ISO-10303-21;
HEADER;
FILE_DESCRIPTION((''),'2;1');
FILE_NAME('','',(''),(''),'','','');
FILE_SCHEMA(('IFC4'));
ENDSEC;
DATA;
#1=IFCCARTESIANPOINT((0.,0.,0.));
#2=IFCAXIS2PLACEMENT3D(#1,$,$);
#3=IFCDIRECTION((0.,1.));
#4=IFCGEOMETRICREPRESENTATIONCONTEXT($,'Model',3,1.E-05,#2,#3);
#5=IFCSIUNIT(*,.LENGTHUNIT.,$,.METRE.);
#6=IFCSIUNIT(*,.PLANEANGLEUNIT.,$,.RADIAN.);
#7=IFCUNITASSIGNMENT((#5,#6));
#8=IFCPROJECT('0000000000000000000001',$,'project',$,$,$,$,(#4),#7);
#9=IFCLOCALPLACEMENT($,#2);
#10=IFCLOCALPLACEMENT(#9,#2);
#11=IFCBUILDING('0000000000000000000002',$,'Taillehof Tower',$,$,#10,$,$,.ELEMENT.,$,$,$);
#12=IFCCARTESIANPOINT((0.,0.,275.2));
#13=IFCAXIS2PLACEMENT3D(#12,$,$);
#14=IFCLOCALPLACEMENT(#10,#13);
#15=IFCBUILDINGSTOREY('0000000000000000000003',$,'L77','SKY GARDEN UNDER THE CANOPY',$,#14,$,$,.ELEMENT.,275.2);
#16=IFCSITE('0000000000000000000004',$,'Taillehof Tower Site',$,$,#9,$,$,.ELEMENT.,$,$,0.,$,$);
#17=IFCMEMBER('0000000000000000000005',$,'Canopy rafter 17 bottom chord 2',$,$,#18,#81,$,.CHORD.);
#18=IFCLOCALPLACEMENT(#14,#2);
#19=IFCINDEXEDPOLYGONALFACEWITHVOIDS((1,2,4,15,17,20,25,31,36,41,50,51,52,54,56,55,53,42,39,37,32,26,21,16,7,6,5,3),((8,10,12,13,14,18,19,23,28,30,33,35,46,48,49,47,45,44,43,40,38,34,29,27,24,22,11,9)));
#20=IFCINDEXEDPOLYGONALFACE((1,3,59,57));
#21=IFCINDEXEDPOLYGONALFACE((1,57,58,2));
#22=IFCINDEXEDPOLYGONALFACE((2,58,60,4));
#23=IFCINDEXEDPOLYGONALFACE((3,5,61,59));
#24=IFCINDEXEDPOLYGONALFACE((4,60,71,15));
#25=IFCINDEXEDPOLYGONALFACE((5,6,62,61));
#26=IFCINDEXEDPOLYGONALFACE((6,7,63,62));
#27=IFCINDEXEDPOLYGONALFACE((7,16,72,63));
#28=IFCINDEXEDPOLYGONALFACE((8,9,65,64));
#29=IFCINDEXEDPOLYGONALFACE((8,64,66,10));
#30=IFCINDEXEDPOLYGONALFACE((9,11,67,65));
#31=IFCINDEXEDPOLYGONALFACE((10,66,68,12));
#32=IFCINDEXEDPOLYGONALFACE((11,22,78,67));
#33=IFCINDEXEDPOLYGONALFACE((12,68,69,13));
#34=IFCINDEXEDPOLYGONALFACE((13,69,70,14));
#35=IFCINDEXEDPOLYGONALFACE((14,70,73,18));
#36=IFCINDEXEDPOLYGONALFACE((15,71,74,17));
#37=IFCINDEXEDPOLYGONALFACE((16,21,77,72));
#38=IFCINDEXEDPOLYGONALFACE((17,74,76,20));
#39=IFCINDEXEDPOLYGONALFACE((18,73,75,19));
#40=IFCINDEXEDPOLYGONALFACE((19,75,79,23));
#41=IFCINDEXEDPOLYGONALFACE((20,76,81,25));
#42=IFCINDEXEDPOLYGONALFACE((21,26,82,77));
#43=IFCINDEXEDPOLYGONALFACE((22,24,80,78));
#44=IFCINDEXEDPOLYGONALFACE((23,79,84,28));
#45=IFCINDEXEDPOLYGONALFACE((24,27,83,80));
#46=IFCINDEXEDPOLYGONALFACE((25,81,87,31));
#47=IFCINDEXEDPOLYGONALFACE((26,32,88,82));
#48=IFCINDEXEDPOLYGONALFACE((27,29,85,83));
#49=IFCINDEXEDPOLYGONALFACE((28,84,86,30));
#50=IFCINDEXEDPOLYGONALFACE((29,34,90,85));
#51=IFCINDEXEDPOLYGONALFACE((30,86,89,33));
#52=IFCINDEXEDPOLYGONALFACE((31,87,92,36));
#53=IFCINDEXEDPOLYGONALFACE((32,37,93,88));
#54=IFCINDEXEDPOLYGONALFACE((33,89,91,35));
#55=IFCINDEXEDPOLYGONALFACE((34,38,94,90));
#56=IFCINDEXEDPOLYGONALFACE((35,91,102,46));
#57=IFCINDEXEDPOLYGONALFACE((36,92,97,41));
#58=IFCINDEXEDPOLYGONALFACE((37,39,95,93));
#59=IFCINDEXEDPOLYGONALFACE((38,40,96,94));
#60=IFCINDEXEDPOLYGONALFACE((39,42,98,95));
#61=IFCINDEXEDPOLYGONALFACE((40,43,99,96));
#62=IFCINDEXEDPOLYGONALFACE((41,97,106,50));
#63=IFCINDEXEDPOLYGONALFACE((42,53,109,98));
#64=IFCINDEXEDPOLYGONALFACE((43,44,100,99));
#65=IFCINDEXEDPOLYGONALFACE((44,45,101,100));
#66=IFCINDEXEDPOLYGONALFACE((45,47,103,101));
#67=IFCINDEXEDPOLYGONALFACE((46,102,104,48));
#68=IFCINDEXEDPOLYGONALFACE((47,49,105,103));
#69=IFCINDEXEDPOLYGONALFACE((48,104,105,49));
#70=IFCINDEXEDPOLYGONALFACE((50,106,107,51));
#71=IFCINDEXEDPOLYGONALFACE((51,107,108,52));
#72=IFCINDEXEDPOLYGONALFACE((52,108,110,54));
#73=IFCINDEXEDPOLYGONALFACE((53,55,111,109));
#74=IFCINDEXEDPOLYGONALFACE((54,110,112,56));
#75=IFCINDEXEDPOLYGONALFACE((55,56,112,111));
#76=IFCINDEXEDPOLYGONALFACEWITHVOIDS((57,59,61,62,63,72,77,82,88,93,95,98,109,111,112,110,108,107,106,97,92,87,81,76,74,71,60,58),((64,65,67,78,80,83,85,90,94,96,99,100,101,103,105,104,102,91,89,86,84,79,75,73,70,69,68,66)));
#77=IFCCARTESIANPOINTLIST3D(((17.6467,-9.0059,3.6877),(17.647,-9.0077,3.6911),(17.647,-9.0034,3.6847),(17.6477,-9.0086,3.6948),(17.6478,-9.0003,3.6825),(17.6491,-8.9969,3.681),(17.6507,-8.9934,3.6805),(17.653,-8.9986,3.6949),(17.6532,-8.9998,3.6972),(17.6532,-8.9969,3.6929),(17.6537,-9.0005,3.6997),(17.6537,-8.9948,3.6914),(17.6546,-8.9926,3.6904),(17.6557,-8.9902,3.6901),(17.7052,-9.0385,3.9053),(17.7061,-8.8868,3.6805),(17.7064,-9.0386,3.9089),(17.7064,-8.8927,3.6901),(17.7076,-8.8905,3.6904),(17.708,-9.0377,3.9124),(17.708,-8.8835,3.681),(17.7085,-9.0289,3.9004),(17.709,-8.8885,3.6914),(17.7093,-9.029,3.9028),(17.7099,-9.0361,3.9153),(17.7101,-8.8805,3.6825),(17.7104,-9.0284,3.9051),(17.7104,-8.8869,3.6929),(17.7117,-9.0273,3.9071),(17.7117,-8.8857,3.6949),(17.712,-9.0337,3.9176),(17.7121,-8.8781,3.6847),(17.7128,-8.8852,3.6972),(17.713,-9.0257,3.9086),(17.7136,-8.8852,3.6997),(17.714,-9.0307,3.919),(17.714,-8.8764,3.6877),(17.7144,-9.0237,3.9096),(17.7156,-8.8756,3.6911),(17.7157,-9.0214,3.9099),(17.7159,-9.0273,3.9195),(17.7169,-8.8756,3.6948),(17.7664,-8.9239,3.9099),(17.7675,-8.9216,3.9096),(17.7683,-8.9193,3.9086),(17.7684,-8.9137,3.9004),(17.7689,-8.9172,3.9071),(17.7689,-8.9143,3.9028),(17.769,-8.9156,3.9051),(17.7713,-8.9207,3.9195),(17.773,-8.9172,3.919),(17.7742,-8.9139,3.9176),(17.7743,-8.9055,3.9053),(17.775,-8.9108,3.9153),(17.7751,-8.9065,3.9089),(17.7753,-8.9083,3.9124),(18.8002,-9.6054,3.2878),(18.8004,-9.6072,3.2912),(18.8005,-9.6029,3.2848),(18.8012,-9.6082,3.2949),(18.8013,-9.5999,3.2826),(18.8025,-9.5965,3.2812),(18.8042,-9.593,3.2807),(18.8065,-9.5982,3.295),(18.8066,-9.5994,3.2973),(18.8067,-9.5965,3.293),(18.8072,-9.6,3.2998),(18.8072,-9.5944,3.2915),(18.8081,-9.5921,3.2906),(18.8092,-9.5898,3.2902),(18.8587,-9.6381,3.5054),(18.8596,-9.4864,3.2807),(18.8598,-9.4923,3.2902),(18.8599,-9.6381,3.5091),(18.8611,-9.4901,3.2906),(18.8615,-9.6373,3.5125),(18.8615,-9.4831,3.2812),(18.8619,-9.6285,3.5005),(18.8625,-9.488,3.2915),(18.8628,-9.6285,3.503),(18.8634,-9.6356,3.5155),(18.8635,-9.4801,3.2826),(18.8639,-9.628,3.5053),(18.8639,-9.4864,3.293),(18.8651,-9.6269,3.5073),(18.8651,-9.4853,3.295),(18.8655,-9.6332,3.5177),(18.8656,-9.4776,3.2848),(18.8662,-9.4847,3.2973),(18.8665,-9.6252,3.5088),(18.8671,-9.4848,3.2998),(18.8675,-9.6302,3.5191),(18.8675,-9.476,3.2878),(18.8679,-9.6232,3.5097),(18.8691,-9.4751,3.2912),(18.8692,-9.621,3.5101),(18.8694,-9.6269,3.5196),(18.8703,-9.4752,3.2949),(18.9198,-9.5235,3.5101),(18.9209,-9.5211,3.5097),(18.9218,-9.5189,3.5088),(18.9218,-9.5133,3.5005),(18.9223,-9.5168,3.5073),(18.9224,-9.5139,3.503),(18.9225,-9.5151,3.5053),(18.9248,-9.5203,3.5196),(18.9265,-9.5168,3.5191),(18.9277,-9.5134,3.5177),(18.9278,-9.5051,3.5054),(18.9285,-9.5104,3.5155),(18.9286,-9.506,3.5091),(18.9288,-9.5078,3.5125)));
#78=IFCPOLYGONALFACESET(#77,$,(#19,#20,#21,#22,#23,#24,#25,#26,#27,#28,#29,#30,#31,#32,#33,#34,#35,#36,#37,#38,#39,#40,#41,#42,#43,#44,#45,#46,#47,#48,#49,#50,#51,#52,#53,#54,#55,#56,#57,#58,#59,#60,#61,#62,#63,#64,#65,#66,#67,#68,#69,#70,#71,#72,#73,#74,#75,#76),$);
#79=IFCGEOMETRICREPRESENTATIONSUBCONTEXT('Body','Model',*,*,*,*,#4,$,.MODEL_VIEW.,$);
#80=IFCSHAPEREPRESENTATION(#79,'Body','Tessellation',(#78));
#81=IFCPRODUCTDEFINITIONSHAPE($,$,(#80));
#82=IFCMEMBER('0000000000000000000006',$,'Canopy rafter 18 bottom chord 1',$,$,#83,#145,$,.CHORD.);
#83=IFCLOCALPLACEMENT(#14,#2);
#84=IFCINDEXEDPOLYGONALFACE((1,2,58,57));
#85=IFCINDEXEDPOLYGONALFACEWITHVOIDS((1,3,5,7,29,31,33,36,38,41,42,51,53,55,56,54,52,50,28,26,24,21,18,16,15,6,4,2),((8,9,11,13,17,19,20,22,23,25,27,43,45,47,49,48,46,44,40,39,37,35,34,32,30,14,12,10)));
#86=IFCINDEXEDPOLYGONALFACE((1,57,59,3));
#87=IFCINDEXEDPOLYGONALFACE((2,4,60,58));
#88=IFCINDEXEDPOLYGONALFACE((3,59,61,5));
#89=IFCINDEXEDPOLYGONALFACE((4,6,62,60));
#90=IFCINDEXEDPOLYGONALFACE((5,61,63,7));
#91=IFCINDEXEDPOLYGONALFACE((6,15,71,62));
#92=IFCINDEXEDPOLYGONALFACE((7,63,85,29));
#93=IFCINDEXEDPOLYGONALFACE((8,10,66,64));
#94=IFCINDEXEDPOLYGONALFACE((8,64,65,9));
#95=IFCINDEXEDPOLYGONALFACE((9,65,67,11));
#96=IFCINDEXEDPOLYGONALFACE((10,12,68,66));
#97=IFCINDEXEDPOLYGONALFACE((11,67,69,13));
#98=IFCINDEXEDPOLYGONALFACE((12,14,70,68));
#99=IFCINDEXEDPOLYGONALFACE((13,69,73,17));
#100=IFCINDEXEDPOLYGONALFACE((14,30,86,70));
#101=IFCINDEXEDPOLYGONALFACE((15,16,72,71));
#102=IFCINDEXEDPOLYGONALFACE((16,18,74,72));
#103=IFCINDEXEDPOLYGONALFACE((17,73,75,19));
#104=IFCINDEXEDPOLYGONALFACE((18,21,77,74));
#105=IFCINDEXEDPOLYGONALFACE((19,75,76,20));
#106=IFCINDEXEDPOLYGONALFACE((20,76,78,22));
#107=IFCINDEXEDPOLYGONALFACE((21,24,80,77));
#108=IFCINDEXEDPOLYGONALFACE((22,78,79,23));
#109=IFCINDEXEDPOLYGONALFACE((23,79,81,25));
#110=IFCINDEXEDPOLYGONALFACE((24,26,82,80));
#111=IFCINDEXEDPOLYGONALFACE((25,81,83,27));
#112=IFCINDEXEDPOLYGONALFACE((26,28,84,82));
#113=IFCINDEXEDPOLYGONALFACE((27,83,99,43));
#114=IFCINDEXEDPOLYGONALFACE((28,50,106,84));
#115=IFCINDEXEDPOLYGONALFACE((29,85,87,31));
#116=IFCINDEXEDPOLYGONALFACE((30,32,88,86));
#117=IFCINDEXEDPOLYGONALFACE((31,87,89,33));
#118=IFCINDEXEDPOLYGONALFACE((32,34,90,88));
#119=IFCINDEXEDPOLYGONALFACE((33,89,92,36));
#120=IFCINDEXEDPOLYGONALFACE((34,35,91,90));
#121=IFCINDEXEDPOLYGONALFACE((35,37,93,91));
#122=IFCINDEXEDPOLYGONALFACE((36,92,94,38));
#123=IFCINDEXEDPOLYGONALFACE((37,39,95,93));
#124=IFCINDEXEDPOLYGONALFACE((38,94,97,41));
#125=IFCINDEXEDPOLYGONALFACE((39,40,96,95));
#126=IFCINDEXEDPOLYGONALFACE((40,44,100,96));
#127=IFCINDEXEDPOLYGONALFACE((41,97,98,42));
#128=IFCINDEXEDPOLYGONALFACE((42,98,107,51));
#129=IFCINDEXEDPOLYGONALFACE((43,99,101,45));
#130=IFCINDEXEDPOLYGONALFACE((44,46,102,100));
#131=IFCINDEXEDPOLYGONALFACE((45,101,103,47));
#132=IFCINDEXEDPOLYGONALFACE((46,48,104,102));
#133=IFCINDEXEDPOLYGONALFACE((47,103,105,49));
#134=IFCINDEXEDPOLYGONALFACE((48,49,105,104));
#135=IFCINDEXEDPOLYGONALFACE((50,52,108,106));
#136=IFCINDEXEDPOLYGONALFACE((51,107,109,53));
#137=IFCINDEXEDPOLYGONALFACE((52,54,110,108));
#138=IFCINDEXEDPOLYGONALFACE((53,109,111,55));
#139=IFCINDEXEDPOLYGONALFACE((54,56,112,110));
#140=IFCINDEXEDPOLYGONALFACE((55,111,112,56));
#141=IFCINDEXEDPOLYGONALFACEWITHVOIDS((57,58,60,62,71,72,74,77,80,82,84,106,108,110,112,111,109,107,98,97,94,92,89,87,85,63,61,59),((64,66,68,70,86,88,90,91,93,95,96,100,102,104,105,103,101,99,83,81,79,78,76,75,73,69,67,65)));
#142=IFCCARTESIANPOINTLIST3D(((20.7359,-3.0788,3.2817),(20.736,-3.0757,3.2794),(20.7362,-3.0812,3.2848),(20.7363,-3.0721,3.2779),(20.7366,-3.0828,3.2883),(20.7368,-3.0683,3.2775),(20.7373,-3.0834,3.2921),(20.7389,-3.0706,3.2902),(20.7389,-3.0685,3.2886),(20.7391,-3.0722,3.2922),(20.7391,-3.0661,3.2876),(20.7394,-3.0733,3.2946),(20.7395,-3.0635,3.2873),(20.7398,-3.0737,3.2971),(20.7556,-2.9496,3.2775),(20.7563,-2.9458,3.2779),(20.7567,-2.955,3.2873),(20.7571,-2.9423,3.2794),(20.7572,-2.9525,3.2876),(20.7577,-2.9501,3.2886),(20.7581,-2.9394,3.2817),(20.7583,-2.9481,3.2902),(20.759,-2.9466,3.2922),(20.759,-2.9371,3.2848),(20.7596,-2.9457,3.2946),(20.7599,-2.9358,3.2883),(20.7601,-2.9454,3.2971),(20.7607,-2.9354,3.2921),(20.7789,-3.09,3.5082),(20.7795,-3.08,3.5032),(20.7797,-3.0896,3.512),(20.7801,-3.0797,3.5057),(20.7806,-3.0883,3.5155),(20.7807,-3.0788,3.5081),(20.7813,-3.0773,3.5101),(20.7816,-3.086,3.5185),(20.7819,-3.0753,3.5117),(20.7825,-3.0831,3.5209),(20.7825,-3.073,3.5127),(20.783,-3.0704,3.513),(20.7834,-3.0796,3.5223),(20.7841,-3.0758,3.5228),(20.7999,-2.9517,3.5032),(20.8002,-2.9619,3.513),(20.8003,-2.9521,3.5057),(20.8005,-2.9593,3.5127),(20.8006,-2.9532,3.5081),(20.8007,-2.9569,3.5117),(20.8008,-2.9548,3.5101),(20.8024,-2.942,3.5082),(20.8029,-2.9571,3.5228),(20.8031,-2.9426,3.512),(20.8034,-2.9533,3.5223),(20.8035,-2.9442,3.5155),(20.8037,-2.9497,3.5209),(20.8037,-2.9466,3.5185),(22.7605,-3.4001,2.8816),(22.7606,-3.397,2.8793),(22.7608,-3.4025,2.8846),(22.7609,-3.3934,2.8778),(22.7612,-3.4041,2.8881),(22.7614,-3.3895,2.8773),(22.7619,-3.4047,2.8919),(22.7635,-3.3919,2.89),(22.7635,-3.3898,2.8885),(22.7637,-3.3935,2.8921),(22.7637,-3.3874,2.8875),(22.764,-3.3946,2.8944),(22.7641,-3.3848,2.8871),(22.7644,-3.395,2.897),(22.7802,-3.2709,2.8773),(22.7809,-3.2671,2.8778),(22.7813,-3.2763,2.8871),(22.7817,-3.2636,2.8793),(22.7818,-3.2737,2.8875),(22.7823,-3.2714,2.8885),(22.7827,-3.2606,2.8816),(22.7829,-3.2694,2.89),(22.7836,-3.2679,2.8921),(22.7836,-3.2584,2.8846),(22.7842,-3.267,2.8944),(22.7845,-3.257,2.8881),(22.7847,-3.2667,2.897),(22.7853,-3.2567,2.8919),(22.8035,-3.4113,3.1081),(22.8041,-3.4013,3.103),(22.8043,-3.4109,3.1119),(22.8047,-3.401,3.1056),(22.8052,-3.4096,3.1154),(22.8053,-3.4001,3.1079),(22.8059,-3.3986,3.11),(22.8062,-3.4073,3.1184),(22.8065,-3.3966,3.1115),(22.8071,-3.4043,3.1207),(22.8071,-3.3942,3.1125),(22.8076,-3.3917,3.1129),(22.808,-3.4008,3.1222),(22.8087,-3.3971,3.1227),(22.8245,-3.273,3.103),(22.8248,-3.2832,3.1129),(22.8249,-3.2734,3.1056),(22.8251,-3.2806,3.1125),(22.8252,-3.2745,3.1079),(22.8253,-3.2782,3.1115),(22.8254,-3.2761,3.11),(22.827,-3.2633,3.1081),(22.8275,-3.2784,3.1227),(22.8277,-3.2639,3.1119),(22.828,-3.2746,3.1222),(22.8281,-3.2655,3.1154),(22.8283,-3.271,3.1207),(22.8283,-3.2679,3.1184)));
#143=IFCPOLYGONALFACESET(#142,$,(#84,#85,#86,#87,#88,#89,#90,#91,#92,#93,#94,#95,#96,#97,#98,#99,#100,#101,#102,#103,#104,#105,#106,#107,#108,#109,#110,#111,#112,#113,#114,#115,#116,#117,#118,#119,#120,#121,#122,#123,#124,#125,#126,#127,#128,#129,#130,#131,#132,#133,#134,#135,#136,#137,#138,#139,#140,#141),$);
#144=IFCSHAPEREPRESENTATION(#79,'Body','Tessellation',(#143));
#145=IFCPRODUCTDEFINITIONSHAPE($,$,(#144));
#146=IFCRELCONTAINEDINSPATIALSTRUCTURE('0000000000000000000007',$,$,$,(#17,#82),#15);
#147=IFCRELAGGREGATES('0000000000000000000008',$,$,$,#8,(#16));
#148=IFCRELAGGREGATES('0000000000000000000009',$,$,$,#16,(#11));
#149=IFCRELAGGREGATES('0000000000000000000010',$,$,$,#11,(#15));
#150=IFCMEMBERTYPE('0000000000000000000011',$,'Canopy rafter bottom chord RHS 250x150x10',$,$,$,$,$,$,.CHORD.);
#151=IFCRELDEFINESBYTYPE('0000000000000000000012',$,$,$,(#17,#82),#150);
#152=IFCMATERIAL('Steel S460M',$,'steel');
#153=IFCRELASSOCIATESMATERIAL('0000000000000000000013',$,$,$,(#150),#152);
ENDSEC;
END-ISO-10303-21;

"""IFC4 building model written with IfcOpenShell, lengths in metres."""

from ifc_helpers import new_model, si_unit, direction, frame, origin, origin_2d, place, context, subcontext, project, spatial, hollow_rectangle, extrude, material, material_profile, profile_set, type_object, element, save


model = new_model("IFC4")

# Units and contexts
model_context = context("Model", 3, precision=1e-05, world=origin(), true_north=direction((0.0, 1.0)))
body_context = subcontext(model_context, "Body", "Model", "MODEL_VIEW")
ifc_project = project(units=[si_unit("LENGTHUNIT", "METRE"), si_unit("PLANEANGLEUNIT", "RADIAN")], contexts=[model_context])

# Site, building, storey
site_placement = place(None, origin())
site = spatial("IfcSite", under=ifc_project, at=site_placement, Name="Taillehof Tower Site", CompositionType="ELEMENT", RefElevation=0.0)
building_placement = place(site_placement, origin())
building = spatial("IfcBuilding", under=site, at=building_placement, Name="Taillehof Tower", CompositionType="ELEMENT")
storey_placement = place(building_placement, frame((0.0, 0.0, 275.2)))
storey = spatial("IfcBuildingStorey", under=building, at=storey_placement, Name="L77", Description="SKY GARDEN UNDER THE CANOPY", CompositionType="ELEMENT", Elevation=275.2)

# Members
ifc_material_1 = material(Name="Steel S460M", Category="steel")
ifc_material_profile_1 = material_profile(ifc_material_1, hollow_rectangle(XDim=0.1499, YDim=0.25, WallThickness=0.01, InnerFilletRadius=0.01, OuterFilletRadius=0.0149, at=origin_2d()), Name="RHS 250x150x10")
ifc_profile_set_1 = profile_set([ifc_material_profile_1], Name="Steel S460M")
member_type_1 = type_object("IfcMemberType", Name="Canopy rafter bottom chord RHS 250x150x10", PredefinedType="CHORD", material=ifc_profile_set_1)
member_1_placement = place(storey_placement, frame((18.8645, -9.5566, 3.4001), z_axis=(-0.84808, 0.440822, 0.294001), x_axis=(-0.461205, -0.887294, 0.0)))
element("IfcMember", 1, at=member_1_placement, inside=storey, type_object=member_type_1, Name="Canopy rafter 17 bottom chord 2", PredefinedType="CHORD", context=body_context, shape_type="SweptSolid", body=[
    extrude(hollow_rectangle(XDim=0.1499, YDim=0.25, WallThickness=0.01, InnerFilletRadius=0.01, OuterFilletRadius=0.0149, at=origin_2d()), origin(), (0.0, 0.0, 1.0), 1.3601),
])
for number, where, z_axis, x_axis, name in (
    (2, (22.7944, -3.334, 3.0), (-0.969348, 0.153824, 0.191579), (-0.156727, -0.987642, 0.0), "Canopy rafter 18 bottom chord 1"),
):
    element("IfcMember", number, at=place(storey_placement, frame(where, z_axis=z_axis, x_axis=x_axis)), inside=storey, type_object=member_type_1, Name=name, PredefinedType="CHORD", context=body_context, shape_type="SweptSolid", body=[
        extrude(hollow_rectangle(XDim=0.1499, YDim=0.25, WallThickness=0.01, InnerFilletRadius=0.01, OuterFilletRadius=0.0149, at=origin_2d()), origin(), (0.0, 0.0, 1.0), 2.0886),
    ])

save(model, "model.ifc")
